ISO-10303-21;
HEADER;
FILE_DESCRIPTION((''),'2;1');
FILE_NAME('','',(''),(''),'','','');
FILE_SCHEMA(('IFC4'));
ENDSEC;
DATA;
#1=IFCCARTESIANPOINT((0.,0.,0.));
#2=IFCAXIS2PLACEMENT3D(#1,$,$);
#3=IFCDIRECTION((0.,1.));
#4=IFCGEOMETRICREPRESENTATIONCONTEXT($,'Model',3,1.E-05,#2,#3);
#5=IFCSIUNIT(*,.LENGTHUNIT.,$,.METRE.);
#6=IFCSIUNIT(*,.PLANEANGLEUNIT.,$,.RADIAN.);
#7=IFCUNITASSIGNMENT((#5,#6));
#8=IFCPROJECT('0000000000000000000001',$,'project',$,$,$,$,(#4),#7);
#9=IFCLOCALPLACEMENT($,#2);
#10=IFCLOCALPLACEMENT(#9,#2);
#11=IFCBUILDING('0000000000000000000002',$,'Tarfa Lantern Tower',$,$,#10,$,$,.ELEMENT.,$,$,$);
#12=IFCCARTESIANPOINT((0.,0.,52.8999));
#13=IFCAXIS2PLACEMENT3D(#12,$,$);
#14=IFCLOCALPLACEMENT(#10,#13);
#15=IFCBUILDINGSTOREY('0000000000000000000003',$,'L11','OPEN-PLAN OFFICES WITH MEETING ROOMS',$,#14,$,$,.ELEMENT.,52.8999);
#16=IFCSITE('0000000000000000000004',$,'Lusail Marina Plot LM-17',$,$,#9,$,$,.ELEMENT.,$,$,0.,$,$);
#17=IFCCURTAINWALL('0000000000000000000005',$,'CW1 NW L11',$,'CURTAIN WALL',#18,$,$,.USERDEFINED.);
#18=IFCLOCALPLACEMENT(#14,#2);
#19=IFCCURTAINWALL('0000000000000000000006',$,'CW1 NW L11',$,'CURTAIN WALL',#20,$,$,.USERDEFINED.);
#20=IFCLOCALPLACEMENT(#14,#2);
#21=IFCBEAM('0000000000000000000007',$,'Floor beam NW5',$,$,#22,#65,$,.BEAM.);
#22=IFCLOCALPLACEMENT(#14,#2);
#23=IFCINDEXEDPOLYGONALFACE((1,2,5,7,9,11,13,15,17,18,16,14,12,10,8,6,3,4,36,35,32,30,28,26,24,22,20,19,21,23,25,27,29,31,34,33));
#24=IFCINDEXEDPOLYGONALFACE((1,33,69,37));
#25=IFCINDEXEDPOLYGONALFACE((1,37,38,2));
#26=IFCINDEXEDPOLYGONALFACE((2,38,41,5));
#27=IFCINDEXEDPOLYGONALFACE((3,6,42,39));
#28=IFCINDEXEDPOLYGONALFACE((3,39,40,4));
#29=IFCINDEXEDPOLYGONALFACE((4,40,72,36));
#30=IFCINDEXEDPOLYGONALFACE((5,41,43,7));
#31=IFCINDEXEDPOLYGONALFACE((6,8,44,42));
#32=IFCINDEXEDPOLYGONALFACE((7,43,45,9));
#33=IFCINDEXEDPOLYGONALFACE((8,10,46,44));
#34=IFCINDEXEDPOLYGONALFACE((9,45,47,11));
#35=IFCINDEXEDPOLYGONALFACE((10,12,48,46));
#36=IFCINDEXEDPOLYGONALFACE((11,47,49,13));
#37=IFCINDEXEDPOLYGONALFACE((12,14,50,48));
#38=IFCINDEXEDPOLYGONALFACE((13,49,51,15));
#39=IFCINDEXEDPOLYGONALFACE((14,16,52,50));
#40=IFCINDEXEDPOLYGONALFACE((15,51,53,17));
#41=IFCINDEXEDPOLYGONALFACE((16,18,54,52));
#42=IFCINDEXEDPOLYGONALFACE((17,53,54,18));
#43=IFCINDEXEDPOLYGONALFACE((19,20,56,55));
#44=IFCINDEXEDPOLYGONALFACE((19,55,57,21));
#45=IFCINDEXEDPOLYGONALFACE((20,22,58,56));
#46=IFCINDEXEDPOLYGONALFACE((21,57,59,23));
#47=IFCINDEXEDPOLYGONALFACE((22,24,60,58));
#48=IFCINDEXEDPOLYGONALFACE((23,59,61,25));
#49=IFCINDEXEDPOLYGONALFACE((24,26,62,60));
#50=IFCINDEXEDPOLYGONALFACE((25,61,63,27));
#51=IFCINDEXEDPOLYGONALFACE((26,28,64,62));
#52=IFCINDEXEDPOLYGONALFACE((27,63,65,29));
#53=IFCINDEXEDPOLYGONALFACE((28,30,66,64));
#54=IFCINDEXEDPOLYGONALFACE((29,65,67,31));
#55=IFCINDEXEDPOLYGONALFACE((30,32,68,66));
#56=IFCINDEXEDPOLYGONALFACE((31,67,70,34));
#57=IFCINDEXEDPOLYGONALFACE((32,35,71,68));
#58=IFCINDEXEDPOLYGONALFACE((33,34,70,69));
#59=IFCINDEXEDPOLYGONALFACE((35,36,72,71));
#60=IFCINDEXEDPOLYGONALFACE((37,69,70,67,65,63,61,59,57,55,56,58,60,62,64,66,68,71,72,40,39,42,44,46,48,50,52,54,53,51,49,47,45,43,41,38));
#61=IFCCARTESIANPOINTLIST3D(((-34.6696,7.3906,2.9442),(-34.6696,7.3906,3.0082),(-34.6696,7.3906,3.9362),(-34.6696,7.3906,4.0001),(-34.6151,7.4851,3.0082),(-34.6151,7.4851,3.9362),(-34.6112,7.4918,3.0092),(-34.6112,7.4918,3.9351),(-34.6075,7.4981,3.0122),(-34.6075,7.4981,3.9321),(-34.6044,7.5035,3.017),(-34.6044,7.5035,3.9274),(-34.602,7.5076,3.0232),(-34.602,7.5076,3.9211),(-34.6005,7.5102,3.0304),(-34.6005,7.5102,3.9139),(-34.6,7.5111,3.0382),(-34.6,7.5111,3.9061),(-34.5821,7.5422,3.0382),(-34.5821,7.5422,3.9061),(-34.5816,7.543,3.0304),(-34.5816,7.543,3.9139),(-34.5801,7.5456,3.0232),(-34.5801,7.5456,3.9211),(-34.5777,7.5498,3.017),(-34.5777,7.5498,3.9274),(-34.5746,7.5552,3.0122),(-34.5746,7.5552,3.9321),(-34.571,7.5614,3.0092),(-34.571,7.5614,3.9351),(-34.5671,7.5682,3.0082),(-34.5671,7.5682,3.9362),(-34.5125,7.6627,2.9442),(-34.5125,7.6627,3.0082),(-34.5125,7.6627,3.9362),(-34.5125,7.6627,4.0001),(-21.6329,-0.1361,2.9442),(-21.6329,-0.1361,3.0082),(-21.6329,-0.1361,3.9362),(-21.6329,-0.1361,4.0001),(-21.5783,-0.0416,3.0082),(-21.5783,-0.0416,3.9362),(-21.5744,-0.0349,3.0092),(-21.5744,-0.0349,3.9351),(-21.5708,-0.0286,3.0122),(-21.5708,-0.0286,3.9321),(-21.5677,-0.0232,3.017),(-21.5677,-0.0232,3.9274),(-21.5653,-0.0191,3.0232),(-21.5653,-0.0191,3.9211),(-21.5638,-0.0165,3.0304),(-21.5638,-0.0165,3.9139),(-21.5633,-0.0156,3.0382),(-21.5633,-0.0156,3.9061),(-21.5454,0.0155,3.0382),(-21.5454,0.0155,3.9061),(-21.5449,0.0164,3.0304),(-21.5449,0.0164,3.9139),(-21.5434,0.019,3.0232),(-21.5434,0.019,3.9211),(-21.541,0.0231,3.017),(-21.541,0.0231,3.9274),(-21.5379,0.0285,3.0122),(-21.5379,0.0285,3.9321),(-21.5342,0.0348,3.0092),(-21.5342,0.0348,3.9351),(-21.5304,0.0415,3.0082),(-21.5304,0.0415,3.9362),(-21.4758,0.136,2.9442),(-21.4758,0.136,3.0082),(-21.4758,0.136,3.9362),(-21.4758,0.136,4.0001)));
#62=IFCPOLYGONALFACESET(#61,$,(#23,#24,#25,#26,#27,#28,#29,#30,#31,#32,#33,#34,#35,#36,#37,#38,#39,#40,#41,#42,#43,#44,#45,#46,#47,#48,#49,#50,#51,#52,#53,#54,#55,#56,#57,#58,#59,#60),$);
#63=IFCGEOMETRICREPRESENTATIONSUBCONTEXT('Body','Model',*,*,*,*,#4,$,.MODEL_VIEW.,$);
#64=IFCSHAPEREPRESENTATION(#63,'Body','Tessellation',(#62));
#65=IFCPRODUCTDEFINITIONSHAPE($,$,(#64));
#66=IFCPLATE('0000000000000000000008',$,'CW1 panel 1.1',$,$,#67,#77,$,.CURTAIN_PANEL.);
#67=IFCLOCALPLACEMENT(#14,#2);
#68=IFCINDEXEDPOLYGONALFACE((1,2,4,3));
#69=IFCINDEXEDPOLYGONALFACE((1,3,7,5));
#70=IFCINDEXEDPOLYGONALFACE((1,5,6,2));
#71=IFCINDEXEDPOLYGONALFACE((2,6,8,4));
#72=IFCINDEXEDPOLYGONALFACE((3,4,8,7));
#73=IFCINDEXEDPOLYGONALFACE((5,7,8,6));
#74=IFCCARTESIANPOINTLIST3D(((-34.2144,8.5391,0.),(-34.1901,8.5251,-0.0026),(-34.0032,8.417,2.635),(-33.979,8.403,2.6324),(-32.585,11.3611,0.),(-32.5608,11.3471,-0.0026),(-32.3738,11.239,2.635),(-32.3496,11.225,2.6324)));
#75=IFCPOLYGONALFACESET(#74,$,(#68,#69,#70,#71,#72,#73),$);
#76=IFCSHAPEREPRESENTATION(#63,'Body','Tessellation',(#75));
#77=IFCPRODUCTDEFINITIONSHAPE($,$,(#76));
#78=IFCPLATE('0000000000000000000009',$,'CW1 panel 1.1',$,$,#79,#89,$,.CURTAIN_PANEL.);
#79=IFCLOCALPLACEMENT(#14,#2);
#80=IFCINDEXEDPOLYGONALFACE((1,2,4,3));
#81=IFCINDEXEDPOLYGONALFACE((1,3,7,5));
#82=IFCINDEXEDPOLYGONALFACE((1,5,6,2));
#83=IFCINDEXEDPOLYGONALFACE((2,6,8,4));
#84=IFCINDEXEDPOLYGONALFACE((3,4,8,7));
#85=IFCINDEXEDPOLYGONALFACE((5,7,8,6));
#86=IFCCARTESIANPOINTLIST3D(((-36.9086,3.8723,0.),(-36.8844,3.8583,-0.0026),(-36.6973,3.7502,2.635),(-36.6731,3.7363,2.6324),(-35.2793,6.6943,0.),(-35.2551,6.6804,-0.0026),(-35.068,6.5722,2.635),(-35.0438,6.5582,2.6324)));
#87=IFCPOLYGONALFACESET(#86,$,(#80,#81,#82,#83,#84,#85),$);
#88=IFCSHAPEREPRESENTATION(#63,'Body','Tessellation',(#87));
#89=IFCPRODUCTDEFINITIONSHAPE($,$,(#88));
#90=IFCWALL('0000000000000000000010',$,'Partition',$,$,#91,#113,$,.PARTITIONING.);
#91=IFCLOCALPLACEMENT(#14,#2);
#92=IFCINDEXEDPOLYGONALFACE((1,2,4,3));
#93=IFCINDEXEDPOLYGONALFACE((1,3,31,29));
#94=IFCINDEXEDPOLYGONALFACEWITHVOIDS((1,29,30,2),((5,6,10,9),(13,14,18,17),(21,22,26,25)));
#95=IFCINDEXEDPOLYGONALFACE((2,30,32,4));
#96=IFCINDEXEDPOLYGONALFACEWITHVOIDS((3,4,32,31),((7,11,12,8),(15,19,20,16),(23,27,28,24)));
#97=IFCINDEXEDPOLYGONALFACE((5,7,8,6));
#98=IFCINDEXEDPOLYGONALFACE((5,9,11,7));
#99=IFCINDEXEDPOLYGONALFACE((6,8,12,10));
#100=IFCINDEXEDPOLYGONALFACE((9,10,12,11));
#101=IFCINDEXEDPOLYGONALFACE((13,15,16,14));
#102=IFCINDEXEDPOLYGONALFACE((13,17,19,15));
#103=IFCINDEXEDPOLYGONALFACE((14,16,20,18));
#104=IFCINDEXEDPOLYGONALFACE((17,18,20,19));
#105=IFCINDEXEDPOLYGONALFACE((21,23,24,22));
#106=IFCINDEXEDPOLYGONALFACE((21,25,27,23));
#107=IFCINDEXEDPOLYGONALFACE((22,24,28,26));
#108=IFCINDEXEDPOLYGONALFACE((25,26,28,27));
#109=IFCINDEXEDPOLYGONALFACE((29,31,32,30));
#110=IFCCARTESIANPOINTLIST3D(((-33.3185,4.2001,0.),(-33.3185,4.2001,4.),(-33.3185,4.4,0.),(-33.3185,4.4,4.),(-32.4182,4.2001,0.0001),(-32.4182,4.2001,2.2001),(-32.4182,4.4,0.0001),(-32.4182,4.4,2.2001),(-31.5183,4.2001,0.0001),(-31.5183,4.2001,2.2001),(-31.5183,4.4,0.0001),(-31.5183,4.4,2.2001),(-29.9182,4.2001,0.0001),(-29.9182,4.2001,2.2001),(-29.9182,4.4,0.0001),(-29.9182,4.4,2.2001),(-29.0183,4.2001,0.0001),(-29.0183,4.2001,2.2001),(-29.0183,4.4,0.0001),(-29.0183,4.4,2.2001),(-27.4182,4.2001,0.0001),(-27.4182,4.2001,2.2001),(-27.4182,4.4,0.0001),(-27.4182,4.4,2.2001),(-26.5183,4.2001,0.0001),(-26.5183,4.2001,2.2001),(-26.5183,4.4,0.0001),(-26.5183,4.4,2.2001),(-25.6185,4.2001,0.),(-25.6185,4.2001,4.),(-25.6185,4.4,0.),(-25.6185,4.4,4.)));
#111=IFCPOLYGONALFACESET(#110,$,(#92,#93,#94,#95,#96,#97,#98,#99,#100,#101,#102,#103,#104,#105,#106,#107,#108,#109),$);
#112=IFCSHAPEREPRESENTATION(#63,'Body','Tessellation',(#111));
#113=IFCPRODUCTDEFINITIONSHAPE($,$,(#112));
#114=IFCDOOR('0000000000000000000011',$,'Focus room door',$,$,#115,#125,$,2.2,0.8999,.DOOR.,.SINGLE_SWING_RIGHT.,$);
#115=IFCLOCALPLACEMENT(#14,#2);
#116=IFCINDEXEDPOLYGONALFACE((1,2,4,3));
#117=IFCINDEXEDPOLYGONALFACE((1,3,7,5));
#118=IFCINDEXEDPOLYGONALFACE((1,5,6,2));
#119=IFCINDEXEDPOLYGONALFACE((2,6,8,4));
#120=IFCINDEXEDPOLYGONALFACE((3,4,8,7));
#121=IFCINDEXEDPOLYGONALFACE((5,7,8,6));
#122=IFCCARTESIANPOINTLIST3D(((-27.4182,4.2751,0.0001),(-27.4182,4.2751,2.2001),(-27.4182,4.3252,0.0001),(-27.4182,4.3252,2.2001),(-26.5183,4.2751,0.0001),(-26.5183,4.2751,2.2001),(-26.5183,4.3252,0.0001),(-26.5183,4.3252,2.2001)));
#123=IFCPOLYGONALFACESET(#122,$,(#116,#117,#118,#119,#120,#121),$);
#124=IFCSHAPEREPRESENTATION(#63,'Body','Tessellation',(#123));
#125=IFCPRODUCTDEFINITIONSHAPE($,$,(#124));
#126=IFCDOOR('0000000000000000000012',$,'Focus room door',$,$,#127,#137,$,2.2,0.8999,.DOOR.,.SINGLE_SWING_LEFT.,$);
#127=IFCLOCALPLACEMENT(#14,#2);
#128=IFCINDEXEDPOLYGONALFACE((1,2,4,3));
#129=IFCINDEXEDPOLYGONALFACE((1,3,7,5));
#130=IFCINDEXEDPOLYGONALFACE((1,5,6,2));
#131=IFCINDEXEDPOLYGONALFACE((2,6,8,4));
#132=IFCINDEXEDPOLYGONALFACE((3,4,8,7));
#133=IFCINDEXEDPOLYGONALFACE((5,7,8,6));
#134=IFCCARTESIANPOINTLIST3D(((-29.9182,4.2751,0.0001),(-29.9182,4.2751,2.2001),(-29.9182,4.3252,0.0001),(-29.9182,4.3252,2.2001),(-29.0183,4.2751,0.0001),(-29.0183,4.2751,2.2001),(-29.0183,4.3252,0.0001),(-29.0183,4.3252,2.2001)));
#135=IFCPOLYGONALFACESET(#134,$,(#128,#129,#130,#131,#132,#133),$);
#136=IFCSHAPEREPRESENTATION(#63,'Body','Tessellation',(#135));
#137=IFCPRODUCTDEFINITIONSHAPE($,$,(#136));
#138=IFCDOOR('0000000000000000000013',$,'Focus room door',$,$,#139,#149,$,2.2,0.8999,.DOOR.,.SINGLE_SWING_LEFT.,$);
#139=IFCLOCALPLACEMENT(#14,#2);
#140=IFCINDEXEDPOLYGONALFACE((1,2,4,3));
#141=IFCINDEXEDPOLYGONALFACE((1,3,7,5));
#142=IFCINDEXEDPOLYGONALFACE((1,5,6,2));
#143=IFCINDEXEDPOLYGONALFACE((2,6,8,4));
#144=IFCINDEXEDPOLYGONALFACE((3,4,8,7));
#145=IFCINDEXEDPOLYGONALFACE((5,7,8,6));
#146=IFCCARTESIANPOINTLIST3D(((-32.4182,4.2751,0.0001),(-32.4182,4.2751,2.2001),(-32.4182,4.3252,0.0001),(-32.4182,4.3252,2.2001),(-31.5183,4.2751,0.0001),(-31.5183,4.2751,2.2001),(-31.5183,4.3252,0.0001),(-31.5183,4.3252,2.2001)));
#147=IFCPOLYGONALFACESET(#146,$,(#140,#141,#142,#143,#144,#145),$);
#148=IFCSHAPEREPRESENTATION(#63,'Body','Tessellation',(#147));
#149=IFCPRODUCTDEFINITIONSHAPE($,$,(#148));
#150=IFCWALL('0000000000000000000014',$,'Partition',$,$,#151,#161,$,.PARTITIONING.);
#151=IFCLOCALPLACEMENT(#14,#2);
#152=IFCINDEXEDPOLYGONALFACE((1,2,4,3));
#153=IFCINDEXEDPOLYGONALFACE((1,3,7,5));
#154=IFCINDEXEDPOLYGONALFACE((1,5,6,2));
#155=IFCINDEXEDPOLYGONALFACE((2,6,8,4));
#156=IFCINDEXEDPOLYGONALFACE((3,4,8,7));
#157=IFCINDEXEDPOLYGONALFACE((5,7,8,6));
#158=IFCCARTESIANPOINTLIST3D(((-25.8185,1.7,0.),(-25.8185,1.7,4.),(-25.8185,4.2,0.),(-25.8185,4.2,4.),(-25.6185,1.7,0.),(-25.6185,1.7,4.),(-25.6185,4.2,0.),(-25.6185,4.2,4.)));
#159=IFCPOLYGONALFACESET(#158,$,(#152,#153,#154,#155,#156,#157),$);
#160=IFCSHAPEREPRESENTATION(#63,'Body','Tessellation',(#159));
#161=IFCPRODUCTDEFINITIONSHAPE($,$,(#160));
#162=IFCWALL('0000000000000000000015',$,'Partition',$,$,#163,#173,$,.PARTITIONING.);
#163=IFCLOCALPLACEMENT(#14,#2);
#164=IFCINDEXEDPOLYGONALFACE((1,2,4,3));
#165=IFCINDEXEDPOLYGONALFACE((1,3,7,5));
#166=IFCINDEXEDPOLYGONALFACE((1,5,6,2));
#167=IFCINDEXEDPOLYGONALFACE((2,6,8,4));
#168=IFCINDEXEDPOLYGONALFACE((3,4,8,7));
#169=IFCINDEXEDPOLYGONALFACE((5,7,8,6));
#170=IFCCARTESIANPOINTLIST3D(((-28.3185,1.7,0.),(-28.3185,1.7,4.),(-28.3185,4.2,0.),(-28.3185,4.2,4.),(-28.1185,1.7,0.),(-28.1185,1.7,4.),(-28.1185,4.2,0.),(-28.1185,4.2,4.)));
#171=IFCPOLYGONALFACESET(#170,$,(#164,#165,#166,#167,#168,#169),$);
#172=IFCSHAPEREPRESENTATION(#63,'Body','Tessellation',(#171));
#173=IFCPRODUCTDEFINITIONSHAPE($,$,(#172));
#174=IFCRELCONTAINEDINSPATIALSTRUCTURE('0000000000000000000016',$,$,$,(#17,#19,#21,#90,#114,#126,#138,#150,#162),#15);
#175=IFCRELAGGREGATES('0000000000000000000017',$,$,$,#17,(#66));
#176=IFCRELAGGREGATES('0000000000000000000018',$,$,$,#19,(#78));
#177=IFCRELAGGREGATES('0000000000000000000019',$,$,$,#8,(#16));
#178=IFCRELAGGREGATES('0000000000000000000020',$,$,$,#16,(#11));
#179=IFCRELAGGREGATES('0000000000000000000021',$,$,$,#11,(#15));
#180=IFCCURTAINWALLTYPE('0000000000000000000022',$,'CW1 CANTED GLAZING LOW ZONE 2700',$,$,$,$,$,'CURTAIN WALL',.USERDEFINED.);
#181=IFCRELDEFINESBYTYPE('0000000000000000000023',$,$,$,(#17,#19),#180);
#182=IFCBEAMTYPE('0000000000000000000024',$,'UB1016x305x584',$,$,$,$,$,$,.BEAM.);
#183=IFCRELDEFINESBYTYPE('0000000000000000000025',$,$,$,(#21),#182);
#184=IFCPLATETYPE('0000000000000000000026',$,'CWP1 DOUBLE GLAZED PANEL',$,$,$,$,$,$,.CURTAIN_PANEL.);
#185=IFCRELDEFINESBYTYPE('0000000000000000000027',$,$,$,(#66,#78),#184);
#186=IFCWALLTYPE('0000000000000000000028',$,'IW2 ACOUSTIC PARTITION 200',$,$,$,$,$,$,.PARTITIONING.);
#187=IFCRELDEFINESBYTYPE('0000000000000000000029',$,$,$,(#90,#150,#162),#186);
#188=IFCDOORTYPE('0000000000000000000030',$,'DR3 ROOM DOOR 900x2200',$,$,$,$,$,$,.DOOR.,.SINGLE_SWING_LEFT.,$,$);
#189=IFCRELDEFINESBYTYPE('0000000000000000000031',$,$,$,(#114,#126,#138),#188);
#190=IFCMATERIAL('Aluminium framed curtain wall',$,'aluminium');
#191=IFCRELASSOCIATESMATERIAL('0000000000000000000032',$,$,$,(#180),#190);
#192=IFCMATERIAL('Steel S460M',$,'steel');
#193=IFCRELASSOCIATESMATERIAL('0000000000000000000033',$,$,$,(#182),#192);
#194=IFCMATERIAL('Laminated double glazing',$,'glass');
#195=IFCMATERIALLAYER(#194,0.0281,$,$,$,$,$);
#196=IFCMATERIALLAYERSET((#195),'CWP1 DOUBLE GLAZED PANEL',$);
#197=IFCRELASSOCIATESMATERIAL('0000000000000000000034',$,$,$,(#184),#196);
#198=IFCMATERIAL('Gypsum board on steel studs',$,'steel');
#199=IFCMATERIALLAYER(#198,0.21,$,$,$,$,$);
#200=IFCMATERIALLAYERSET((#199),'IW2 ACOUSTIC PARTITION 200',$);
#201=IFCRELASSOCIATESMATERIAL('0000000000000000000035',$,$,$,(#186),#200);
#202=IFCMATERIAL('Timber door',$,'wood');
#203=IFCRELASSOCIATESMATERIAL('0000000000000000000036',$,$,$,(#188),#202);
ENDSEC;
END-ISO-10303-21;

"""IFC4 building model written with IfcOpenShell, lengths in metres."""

from ifc_helpers import new_model, si_unit, direction, frame, frame_2d, origin, origin_2d, place, context, subcontext, project, spatial, polyline, rectangle, i_section, outline, extrude, material, layer, layer_set, material_profile, profile_set, type_object, element, fill, aggregate, save


model = new_model("IFC4")

# Units and contexts
model_context = context("Model", 3, precision=1e-05, world=origin(), true_north=direction((0.0, 1.0)))
body_context = subcontext(model_context, "Body", "Model", "MODEL_VIEW")
ifc_project = project(units=[si_unit("LENGTHUNIT", "METRE"), si_unit("PLANEANGLEUNIT", "RADIAN")], contexts=[model_context])

# Site, building, storey
site_placement = place(None, origin())
site = spatial("IfcSite", under=ifc_project, at=site_placement, Name="Lusail Marina Plot LM-17", CompositionType="ELEMENT", RefElevation=0.0)
building_placement = place(site_placement, origin())
building = spatial("IfcBuilding", under=site, at=building_placement, Name="Tarfa Lantern Tower", CompositionType="ELEMENT")
storey_placement = place(building_placement, frame((0.0, 0.0, 52.8999)))
storey = spatial("IfcBuildingStorey", under=building, at=storey_placement, Name="L11", Description="OPEN-PLAN OFFICES WITH MEETING ROOMS", CompositionType="ELEMENT", Elevation=52.8999)

# Shared definitions
ifc_material_1 = material(Name="Aluminium framed curtain wall", Category="aluminium")
curtain_wall_type = type_object("IfcCurtainWallType", Name="CW1 CANTED GLAZING LOW ZONE 2700", ElementType="CURTAIN WALL", PredefinedType="USERDEFINED", material=ifc_material_1)

# Curtain walls
curtain_wall_1_placement = place(storey_placement, origin())
curtain_wall_1 = element("IfcCurtainWall", 1, at=curtain_wall_1_placement, inside=storey, type_object=curtain_wall_type, Name="CW1 NW L11", ObjectType="CURTAIN WALL", PredefinedType="USERDEFINED")
curtain_wall_2_placement = place(storey_placement, origin())
curtain_wall_2 = element("IfcCurtainWall", 2, at=curtain_wall_2_placement, inside=storey, type_object=curtain_wall_type, Name="CW1 NW L11", ObjectType="CURTAIN WALL", PredefinedType="USERDEFINED")

# Beam
ifc_material_2 = material(Name="Steel S460M", Category="steel")
ifc_material_profile_1 = material_profile(ifc_material_2, i_section(OverallWidth=0.3142, OverallDepth=1.0559, WebThickness=0.0359, FlangeThickness=0.064, FilletRadius=0.03, at=origin_2d()), Name="UB1016x305x584")
ifc_profile_set_1 = profile_set([ifc_material_profile_1], Name="Steel S460M")
beam_type_1 = type_object("IfcBeamType", Name="UB1016x305x584", PredefinedType="BEAM", material=ifc_profile_set_1)
beam_1_placement = place(storey_placement, frame((-34.5911, 7.5266, 3.4722), z_axis=(0.866028, -0.499996, 0.0), x_axis=(0.499996, 0.866028, 0.0)))
element("IfcBeam", 3, at=beam_1_placement, inside=storey, type_object=beam_type_1, Name="Floor beam NW5", PredefinedType="BEAM", context=body_context, shape_type="SweptSolid", body=[
    extrude(i_section(OverallWidth=0.3142, OverallDepth=1.0559, WebThickness=0.0359, FlangeThickness=0.064, FilletRadius=0.03, at=origin_2d()), origin(), (0.0, 0.0, 1.0), 15.0535),
])

# Plates
ifc_material_3 = material(Name="Laminated double glazing", Category="glass")
ifc_layer_1 = layer(ifc_material_3, 0.0281)
ifc_layer_set_1 = layer_set([ifc_layer_1], Name="CWP1 DOUBLE GLAZED PANEL")
plate_type = type_object("IfcPlateType", Name="CWP1 DOUBLE GLAZED PANEL", PredefinedType="CURTAIN_PANEL", material=ifc_layer_set_1)
plate_1_placement = place(storey_placement, frame((-32.585, 11.3611, 0.0), z_axis=(-0.862325, 0.497894, 0.092176), x_axis=(-0.500023, -0.866012, 0.0)))
plate_1 = element("IfcPlate", 4, at=plate_1_placement, type_object=plate_type, Name="CW1 panel 1.1", PredefinedType="CURTAIN_PANEL", context=body_context, shape_type="SweptSolid", body=[
    extrude(outline(polyline([(0.0, 0.0), (3.2586, 0.0), (3.2588, 2.6463), (0.0001, 2.6463), (0.0, 0.0)])), origin(), (0.0, 0.0, -1.0), 0.0281),
])
aggregate(curtain_wall_1, [plate_1])
plate_2_placement = place(storey_placement, frame((-35.2793, 6.6943, 0.0), z_axis=(-0.862338, 0.497864, 0.092216), x_axis=(-0.499995, -0.866028, -0.000003)))
plate_2 = element("IfcPlate", 5, at=plate_2_placement, type_object=plate_type, Name="CW1 panel 1.1", PredefinedType="CURTAIN_PANEL", context=body_context, shape_type="SweptSolid", body=[
    extrude(outline(polyline([(0.0, 0.0), (3.2586, 0.0), (3.2586, 2.6463), (0.0001, 2.6463), (0.0, 0.0)])), origin(), (0.0, 0.0, -1.0), 0.0281),
])
aggregate(curtain_wall_2, [plate_2])

# Wall, openings, doors
ifc_material_4 = material(Name="Gypsum board on steel studs", Category="steel")
ifc_layer_2 = layer(ifc_material_4, 0.21)
ifc_layer_set_2 = layer_set([ifc_layer_2], Name="IW2 ACOUSTIC PARTITION 200")
wall_type = type_object("IfcWallType", Name="IW2 ACOUSTIC PARTITION 200", PredefinedType="PARTITIONING", material=ifc_layer_set_2)
wall_placement = place(storey_placement, frame((-25.6184, 4.3, 0.0), z_axis=(0.0, 0.0, 1.0), x_axis=(-1.0, 0.0, 0.0)))
wall = element("IfcWall", 6, at=wall_placement, inside=storey, type_object=wall_type, Name="Partition", PredefinedType="PARTITIONING", context=body_context, shape_type="SweptSolid", body=[
    extrude(rectangle(XDim=7.7, YDim=0.2, at=frame_2d((3.8501, 0.0))), origin(), (0.0, 0.0, 1.0), 4.0),
])
opening_1_placement = place(wall_placement, frame((0.8999, 0.0, 0.0)))
opening_1 = element("IfcOpeningElement", 7, at=opening_1_placement, cuts=wall, PredefinedType="OPENING", context=body_context, shape_type="SweptSolid", body=[
    extrude(rectangle(XDim=0.8999, YDim=2.2, at=frame_2d((0.45, 1.1001))), frame((0.0, 0.1099, 0.0), z_axis=(0.0, -1.0, 0.0), x_axis=(1.0, 0.0, 0.0)), (0.0, 0.0, 1.0), 0.22),
])
opening_2_placement = place(wall_placement, frame((3.3999, 0.0, 0.0)))
opening_2 = element("IfcOpeningElement", 8, at=opening_2_placement, cuts=wall, PredefinedType="OPENING", context=body_context, shape_type="SweptSolid", body=[
    extrude(rectangle(XDim=0.8999, YDim=2.2, at=frame_2d((0.45, 1.1001))), frame((0.0, 0.1099, 0.0), z_axis=(0.0, -1.0, 0.0), x_axis=(1.0, 0.0, 0.0)), (0.0, 0.0, 1.0), 0.22),
])
opening_3_placement = place(wall_placement, frame((5.8999, 0.0, 0.0)))
opening_3 = element("IfcOpeningElement", 9, at=opening_3_placement, cuts=wall, PredefinedType="OPENING", context=body_context, shape_type="SweptSolid", body=[
    extrude(rectangle(XDim=0.8999, YDim=2.2, at=frame_2d((0.45, 1.1001))), frame((0.0, 0.1099, 0.0), z_axis=(0.0, -1.0, 0.0), x_axis=(1.0, 0.0, 0.0)), (0.0, 0.0, 1.0), 0.22),
])
ifc_material_5 = material(Name="Timber door", Category="wood")
door_type = type_object("IfcDoorType", Name="DR3 ROOM DOOR 900x2200", OperationType="SINGLE_SWING_LEFT", PredefinedType="DOOR", material=ifc_material_5)
door_1_placement = place(opening_1_placement, origin())
door_1 = element("IfcDoor", 10, at=door_1_placement, inside=storey, type_object=door_type, Name="Focus room door", OperationType="SINGLE_SWING_RIGHT", OverallHeight=2.2, OverallWidth=0.8999, PredefinedType="DOOR", context=body_context, shape_type="SweptSolid", body=[
    extrude(rectangle(XDim=0.8999, YDim=2.2, at=frame_2d((0.45, 1.1001))), frame((0.0, 0.0249, 0.0), z_axis=(0.0, -1.0, 0.0), x_axis=(1.0, 0.0, 0.0)), (0.0, 0.0, 1.0), 0.05),
])
fill(opening_1, door_1)
door_2_placement = place(opening_2_placement, origin())
door_2 = element("IfcDoor", 11, at=door_2_placement, inside=storey, type_object=door_type, Name="Focus room door", OperationType="SINGLE_SWING_LEFT", OverallHeight=2.2, OverallWidth=0.8999, PredefinedType="DOOR", context=body_context, shape_type="SweptSolid", body=[
    extrude(rectangle(XDim=0.8999, YDim=2.2, at=frame_2d((0.45, 1.1001))), frame((0.0, 0.0249, 0.0), z_axis=(0.0, -1.0, 0.0), x_axis=(1.0, 0.0, 0.0)), (0.0, 0.0, 1.0), 0.05),
])
fill(opening_2, door_2)
door_3_placement = place(opening_3_placement, origin())
door_3 = element("IfcDoor", 12, at=door_3_placement, inside=storey, type_object=door_type, Name="Focus room door", OperationType="SINGLE_SWING_LEFT", OverallHeight=2.2, OverallWidth=0.8999, PredefinedType="DOOR", context=body_context, shape_type="SweptSolid", body=[
    extrude(rectangle(XDim=0.8999, YDim=2.2, at=frame_2d((0.45, 1.1001))), frame((0.0, 0.0249, 0.0), z_axis=(0.0, -1.0, 0.0), x_axis=(1.0, 0.0, 0.0)), (0.0, 0.0, 1.0), 0.05),
])
fill(opening_3, door_3)

# Walls
for number, where, z_axis, x_axis, name in (
    (13, (-25.7185, 1.7, 0.0), (0.0, 0.0, 1.0), (0.0, 1.0, 0.0), "Partition"),
    (14, (-28.2185, 1.7, 0.0), (0.0, 0.0, 1.0), (0.0, 1.0, 0.0), "Partition"),
):
    element("IfcWall", number, at=place(storey_placement, frame(where, z_axis=z_axis, x_axis=x_axis)), inside=storey, type_object=wall_type, Name=name, PredefinedType="PARTITIONING", context=body_context, shape_type="SweptSolid", body=[
        extrude(rectangle(XDim=2.5, YDim=0.2, at=frame_2d((1.25, 0.0))), origin(), (0.0, 0.0, 1.0), 4.0),
    ])

save(model, "model.ifc")
